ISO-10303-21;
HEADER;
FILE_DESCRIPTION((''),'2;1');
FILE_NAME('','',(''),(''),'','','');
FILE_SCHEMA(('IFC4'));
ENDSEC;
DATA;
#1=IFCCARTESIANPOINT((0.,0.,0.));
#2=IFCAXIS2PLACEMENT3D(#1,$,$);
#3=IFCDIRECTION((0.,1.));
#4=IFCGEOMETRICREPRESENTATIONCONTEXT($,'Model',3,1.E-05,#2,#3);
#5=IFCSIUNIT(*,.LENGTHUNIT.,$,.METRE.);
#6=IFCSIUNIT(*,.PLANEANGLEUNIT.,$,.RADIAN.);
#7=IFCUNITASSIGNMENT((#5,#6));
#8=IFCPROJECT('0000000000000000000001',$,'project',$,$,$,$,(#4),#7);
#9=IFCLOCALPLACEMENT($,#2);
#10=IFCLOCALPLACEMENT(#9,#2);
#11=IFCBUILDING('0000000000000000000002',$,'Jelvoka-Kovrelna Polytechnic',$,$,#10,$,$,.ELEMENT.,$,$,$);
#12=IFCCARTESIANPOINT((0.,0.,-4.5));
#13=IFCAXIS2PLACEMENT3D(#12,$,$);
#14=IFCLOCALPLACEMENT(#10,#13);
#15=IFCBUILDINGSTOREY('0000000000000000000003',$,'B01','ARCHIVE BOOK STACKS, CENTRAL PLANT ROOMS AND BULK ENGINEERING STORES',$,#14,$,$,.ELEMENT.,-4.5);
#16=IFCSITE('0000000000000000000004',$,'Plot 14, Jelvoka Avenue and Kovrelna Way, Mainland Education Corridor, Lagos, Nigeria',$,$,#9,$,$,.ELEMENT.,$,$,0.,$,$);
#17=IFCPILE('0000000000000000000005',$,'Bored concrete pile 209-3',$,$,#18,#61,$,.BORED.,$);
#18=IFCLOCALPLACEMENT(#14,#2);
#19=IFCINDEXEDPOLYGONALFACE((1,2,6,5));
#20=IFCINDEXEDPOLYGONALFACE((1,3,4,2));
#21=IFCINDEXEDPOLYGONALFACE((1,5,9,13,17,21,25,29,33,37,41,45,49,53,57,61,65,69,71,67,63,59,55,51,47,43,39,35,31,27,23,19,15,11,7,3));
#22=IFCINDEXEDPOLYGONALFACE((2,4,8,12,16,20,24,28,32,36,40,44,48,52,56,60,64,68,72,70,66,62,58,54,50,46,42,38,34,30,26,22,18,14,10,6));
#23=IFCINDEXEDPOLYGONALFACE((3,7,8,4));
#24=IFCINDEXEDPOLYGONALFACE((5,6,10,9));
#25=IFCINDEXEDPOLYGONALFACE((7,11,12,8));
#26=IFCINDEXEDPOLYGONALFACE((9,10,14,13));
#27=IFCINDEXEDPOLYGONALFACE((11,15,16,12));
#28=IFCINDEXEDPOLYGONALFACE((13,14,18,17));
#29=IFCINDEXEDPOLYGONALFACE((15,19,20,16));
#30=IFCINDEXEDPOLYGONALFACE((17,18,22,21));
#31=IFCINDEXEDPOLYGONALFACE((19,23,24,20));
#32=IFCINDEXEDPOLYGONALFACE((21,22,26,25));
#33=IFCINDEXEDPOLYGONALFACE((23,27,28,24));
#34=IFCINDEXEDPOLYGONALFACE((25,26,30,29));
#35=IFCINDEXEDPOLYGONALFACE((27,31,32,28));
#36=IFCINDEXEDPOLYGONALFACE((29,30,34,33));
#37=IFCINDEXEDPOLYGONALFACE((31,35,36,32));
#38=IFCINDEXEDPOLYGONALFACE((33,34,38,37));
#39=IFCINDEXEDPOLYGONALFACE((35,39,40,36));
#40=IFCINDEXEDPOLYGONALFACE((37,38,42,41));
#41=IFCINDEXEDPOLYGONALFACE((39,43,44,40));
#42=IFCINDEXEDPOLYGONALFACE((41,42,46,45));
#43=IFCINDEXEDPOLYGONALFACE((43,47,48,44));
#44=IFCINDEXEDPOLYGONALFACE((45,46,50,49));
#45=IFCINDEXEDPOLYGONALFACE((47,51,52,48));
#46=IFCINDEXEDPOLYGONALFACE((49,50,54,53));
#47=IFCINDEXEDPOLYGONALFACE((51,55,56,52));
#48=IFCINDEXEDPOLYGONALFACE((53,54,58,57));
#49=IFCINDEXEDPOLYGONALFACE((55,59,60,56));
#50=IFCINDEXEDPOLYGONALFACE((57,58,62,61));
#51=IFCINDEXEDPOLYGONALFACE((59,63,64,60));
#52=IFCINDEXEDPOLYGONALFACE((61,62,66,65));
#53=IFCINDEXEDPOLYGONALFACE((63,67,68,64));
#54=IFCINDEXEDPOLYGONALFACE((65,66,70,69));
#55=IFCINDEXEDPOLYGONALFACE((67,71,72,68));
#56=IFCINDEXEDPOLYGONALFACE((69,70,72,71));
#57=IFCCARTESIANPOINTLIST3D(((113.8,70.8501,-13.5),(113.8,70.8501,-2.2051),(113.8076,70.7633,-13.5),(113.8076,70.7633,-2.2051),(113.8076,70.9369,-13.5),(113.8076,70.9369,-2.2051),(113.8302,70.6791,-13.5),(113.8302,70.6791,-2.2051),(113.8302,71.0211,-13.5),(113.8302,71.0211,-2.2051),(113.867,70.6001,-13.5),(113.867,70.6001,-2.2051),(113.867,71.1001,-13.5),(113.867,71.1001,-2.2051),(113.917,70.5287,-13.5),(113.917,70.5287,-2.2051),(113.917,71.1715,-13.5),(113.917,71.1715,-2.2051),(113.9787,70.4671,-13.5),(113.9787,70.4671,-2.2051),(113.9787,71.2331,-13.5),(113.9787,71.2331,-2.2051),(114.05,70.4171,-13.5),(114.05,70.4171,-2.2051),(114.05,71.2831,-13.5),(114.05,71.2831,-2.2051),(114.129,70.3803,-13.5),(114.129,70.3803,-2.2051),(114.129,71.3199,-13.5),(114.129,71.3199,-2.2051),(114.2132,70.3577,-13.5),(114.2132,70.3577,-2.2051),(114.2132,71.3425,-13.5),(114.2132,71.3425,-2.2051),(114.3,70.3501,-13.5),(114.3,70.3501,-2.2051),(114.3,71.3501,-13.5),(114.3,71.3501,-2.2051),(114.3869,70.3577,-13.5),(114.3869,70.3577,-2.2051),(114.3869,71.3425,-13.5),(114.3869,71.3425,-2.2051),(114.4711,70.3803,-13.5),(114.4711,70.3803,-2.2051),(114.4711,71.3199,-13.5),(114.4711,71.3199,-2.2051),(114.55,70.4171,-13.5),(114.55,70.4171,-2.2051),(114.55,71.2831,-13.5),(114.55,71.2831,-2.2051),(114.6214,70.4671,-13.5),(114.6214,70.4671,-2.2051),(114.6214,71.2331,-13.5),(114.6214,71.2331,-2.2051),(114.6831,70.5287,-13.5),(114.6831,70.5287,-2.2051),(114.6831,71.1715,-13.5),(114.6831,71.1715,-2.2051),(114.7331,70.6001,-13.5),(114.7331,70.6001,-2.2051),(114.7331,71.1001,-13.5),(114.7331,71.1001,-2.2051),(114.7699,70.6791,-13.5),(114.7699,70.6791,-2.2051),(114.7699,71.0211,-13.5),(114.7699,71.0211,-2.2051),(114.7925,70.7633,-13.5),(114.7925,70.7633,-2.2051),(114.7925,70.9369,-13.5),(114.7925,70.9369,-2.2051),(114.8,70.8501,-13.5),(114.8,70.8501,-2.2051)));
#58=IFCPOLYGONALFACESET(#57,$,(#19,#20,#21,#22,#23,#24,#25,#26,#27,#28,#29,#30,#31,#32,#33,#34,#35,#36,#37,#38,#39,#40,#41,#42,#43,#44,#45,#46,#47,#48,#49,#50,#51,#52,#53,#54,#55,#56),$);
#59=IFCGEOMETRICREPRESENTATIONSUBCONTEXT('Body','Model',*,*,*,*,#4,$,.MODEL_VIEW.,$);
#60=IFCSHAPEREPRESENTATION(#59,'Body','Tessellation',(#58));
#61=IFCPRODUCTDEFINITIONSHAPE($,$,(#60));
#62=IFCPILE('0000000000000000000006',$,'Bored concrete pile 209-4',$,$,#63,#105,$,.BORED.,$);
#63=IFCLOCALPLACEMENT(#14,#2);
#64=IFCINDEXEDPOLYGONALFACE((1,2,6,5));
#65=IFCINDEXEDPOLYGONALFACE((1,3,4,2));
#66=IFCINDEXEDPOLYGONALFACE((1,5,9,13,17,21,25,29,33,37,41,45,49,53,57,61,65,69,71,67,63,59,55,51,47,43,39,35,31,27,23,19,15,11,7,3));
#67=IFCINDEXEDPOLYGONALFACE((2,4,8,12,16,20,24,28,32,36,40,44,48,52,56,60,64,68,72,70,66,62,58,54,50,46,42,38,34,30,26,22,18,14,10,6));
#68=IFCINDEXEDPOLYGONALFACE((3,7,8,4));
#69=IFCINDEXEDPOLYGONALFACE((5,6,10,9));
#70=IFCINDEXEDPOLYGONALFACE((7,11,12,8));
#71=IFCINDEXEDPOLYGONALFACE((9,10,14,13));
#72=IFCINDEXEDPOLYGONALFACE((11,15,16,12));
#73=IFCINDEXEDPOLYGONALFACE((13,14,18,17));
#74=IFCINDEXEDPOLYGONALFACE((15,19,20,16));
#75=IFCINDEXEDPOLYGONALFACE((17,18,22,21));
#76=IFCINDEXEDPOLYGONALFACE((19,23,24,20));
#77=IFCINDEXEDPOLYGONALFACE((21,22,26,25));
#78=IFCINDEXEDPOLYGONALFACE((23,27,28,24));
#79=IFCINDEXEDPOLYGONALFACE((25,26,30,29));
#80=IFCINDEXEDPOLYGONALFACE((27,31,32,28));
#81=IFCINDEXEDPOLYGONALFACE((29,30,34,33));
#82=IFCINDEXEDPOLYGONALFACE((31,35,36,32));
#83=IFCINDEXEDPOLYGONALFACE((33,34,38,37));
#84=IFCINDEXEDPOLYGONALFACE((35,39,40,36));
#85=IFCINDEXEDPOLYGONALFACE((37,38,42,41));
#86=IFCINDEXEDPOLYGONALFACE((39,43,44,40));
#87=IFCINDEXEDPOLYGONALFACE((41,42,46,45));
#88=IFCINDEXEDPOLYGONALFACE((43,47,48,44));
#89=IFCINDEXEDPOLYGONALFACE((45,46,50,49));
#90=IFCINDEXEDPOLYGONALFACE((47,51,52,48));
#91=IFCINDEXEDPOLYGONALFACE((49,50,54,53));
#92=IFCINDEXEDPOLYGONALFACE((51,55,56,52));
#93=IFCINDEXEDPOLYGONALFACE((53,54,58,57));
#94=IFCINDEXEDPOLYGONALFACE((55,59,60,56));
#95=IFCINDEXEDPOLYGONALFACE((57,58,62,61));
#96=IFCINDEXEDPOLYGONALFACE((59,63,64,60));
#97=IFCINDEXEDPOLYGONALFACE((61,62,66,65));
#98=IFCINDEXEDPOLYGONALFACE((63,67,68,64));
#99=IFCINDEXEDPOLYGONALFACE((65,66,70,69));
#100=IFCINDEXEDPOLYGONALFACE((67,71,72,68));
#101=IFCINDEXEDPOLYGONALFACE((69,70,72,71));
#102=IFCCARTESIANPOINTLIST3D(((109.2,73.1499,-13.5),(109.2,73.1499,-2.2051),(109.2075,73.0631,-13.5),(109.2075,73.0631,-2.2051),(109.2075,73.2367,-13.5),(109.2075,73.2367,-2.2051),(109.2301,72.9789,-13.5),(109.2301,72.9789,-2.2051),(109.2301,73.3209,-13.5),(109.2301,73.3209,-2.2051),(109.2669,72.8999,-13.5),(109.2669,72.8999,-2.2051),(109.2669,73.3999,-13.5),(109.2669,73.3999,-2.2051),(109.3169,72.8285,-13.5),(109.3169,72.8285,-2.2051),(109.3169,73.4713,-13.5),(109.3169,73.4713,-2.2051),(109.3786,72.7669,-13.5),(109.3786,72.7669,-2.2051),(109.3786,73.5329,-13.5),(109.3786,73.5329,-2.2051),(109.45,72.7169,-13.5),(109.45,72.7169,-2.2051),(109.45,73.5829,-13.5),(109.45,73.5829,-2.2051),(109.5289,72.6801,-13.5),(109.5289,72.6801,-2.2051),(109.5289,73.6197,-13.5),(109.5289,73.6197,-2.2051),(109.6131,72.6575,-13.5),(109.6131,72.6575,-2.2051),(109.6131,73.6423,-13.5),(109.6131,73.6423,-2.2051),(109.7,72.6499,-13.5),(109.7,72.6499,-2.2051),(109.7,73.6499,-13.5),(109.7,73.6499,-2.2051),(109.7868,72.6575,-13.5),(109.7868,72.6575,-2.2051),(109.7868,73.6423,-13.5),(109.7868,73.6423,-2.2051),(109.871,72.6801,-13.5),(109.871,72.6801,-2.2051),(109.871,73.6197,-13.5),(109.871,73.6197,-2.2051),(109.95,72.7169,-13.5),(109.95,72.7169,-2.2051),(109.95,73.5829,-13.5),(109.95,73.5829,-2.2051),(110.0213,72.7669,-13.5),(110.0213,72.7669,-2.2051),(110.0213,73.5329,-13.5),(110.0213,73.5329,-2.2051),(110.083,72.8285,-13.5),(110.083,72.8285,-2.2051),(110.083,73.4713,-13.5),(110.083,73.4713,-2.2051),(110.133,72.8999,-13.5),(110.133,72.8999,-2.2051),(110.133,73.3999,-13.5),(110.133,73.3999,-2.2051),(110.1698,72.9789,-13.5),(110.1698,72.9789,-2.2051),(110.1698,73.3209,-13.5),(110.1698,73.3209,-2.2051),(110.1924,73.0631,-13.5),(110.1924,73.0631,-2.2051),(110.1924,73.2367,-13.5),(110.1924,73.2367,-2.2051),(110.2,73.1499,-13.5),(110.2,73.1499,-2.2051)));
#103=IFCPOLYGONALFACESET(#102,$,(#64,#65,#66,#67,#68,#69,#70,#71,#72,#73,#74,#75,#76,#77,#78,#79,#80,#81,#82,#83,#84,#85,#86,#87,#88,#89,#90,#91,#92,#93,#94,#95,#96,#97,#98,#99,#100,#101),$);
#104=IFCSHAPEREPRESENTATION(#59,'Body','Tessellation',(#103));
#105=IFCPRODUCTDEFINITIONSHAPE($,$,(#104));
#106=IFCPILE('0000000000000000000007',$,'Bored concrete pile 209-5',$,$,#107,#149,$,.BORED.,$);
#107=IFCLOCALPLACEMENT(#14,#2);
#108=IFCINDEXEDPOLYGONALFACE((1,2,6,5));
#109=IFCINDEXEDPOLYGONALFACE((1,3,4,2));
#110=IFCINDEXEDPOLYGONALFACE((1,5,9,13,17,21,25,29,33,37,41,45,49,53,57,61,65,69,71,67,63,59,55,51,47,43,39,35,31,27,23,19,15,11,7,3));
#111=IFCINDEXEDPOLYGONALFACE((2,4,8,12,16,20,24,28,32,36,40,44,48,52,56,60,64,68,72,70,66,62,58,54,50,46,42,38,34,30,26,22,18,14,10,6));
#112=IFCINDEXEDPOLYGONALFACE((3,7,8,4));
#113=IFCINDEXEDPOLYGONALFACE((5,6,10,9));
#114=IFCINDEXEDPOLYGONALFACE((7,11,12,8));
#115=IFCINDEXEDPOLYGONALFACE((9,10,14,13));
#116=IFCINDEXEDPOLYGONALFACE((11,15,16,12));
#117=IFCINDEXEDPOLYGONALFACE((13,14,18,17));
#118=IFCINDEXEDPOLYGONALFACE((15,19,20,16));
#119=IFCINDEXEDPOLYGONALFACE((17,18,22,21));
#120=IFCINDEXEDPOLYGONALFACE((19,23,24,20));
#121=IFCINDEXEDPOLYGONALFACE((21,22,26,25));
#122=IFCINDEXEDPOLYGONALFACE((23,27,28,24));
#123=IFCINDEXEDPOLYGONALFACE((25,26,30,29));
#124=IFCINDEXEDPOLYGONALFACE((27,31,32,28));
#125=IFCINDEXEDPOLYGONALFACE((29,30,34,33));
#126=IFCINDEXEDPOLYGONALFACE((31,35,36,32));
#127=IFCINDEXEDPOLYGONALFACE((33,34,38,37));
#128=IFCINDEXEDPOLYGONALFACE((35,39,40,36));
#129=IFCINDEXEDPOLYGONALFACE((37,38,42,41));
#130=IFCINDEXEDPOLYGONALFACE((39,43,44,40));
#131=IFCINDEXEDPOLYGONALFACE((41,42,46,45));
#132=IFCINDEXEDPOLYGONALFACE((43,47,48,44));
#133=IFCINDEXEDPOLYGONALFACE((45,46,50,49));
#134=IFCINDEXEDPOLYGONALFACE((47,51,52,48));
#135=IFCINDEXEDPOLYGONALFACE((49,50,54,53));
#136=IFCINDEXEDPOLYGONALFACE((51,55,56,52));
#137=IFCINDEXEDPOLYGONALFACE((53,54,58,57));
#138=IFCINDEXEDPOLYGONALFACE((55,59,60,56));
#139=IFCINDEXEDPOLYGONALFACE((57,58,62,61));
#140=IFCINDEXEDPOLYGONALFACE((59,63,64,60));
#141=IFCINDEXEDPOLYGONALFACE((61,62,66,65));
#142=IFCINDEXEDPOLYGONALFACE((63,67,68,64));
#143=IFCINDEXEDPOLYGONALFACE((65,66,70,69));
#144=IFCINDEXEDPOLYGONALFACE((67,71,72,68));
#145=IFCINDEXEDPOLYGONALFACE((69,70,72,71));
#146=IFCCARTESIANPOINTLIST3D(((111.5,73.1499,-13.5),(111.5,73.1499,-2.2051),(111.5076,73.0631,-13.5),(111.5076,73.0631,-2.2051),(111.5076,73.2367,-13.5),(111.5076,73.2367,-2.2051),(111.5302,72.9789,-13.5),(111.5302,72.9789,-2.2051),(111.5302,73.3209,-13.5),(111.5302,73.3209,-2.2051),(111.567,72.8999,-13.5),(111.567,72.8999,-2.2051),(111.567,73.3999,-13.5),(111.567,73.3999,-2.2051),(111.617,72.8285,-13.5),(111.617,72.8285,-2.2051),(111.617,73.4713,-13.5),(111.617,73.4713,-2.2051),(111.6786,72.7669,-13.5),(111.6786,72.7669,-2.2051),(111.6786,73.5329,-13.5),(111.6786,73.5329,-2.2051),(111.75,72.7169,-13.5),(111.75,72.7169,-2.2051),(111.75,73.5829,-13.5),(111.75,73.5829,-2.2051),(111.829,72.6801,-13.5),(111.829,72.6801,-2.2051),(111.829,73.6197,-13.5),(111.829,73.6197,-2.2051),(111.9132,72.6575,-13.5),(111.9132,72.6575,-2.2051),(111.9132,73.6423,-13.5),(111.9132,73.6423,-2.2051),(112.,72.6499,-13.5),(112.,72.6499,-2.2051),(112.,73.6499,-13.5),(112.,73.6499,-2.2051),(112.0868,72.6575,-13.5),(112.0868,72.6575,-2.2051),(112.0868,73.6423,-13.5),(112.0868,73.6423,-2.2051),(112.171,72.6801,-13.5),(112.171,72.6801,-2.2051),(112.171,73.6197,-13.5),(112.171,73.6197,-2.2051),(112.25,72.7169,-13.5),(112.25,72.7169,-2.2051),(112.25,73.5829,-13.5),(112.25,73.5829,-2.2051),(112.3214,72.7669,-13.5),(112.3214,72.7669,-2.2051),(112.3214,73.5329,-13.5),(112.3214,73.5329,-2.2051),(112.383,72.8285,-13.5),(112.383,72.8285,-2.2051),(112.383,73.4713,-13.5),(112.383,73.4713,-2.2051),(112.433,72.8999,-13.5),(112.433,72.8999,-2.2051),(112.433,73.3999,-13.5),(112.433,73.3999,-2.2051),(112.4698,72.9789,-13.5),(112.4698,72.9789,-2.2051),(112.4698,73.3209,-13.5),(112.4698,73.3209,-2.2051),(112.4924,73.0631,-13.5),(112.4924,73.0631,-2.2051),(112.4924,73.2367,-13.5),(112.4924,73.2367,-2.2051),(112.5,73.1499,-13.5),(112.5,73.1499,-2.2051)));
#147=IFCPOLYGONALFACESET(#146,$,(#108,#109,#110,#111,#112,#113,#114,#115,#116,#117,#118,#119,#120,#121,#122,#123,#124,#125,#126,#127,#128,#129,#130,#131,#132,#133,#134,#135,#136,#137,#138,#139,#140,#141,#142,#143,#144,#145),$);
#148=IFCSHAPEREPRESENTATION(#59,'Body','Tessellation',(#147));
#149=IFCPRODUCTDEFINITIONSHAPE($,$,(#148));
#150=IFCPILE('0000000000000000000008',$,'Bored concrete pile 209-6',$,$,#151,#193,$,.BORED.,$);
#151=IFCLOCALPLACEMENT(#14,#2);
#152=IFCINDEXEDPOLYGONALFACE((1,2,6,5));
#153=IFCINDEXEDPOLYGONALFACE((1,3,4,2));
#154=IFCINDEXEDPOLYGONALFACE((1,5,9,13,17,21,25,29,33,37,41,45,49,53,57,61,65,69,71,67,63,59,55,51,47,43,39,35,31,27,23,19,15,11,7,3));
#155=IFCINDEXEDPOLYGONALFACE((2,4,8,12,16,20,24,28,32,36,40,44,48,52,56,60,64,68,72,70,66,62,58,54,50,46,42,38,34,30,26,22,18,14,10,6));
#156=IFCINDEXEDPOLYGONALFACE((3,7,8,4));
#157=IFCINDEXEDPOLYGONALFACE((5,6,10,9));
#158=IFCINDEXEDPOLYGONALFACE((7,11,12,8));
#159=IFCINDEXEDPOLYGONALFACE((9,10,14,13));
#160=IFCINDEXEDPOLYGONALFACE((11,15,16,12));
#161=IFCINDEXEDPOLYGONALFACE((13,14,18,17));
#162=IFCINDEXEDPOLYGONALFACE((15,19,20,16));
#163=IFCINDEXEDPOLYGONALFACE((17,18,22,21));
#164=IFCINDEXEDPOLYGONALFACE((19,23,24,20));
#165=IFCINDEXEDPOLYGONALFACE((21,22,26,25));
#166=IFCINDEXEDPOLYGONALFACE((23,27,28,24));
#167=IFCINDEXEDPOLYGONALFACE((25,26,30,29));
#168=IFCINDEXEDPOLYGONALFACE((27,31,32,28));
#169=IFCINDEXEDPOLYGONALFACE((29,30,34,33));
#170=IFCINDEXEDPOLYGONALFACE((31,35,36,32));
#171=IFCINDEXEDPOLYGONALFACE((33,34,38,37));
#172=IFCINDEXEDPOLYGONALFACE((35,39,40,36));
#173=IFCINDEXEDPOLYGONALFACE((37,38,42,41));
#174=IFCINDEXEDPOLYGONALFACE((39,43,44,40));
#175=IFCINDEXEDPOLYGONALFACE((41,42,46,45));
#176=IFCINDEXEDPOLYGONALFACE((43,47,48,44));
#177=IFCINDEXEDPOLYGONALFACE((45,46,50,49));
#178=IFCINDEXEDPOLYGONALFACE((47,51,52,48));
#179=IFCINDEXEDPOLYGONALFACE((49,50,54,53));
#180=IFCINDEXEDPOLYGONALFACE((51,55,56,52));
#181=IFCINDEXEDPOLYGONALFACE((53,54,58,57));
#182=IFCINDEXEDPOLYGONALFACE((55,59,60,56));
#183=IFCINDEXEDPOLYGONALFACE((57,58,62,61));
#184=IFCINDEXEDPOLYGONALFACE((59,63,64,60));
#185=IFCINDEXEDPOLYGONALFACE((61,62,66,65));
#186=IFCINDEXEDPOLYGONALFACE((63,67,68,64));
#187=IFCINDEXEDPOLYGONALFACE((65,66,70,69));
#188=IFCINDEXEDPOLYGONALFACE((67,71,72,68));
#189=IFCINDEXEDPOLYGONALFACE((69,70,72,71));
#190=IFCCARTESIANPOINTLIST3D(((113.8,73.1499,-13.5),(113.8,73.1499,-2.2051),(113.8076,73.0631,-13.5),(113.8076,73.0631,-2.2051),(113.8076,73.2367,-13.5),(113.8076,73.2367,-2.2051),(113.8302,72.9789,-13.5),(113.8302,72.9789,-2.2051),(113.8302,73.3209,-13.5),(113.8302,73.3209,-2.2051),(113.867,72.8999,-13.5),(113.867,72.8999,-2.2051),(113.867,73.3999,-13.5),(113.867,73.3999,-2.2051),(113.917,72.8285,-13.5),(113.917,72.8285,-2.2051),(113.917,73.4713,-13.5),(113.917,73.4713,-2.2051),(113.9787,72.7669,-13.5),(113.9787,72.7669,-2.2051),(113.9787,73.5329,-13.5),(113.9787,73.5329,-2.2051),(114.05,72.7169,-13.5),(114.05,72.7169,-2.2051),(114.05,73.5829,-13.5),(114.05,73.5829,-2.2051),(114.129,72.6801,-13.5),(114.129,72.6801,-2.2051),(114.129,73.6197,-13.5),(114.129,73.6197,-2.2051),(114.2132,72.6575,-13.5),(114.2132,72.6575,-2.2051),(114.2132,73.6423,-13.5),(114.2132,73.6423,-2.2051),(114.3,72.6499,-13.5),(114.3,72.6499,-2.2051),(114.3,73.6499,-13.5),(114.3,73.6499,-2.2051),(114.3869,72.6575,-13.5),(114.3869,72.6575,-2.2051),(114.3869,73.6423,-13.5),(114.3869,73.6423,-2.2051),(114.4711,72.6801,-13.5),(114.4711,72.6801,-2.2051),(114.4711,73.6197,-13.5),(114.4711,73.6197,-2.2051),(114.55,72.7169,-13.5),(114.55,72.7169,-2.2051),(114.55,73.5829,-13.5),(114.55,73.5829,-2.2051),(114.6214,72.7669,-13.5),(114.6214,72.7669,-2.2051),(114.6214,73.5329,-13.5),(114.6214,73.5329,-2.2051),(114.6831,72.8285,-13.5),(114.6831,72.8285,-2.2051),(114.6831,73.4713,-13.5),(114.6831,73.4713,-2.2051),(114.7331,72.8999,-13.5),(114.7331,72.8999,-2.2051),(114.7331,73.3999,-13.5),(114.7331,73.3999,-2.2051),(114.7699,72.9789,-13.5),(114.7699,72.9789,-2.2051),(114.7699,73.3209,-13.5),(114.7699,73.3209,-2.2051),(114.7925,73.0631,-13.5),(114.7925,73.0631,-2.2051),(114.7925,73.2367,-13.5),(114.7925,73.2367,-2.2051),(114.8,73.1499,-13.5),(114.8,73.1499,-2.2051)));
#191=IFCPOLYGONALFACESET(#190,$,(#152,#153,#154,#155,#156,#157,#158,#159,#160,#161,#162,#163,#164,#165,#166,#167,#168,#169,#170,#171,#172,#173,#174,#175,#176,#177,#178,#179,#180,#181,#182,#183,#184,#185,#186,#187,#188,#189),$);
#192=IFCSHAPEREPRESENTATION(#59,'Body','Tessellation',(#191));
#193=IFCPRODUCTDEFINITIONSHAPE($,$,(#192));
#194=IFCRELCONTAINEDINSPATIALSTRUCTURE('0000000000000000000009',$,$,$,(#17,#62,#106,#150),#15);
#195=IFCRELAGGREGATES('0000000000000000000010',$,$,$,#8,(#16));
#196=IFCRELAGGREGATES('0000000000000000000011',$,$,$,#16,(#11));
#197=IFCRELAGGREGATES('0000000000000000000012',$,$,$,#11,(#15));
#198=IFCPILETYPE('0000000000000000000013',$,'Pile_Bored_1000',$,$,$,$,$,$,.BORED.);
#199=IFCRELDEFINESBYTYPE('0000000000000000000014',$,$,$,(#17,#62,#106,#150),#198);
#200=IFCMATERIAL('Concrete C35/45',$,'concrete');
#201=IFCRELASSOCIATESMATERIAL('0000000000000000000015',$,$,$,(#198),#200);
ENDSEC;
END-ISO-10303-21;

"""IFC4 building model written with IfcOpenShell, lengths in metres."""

from ifc_helpers import new_model, si_unit, direction, frame, origin, origin_2d, place, context, subcontext, project, spatial, circle, extrude, material, material_profile, profile_set, type_object, element, save


model = new_model("IFC4")

# Units and contexts
model_context = context("Model", 3, precision=1e-05, world=origin(), true_north=direction((0.0, 1.0)))
body_context = subcontext(model_context, "Body", "Model", "MODEL_VIEW")
ifc_project = project(units=[si_unit("LENGTHUNIT", "METRE"), si_unit("PLANEANGLEUNIT", "RADIAN")], contexts=[model_context])

# Site, building, storey
site_placement = place(None, origin())
site = spatial("IfcSite", under=ifc_project, at=site_placement, Name="Plot 14, Jelvoka Avenue and Kovrelna Way, Mainland Education Corridor, Lagos, Nigeria", CompositionType="ELEMENT", RefElevation=0.0)
building_placement = place(site_placement, origin())
building = spatial("IfcBuilding", under=site, at=building_placement, Name="Jelvoka-Kovrelna Polytechnic", CompositionType="ELEMENT")
storey_placement = place(building_placement, frame((0.0, 0.0, -4.5)))
storey = spatial("IfcBuildingStorey", under=building, at=storey_placement, Name="B01", Description="ARCHIVE BOOK STACKS, CENTRAL PLANT ROOMS AND BULK ENGINEERING STORES", CompositionType="ELEMENT", Elevation=-4.5)

# Piles
ifc_material_1 = material(Name="Concrete C35/45", Category="concrete")
ifc_material_profile_1 = material_profile(ifc_material_1, circle(Radius=0.5, at=origin_2d()), Name="PILE D1000")
ifc_profile_set_1 = profile_set([ifc_material_profile_1], Name="Concrete C35/45")
pile_type_1 = type_object("IfcPileType", Name="Pile_Bored_1000", PredefinedType="BORED", material=ifc_profile_set_1)
for number, where, z_axis, x_axis, name in (
    (1, (114.3, 70.8501, -2.2051), (0.0, 0.0, -1.0), (1.0, 0.0, 0.0), "Bored concrete pile 209-3"),
    (2, (109.7, 73.1499, -2.2051), (0.0, 0.0, -1.0), (1.0, 0.0, 0.0), "Bored concrete pile 209-4"),
    (3, (112.0, 73.1499, -2.2051), (0.0, 0.0, -1.0), (1.0, 0.0, 0.0), "Bored concrete pile 209-5"),
    (4, (114.3, 73.1499, -2.2051), (0.0, 0.0, -1.0), (1.0, 0.0, 0.0), "Bored concrete pile 209-6"),
):
    element("IfcPile", number, at=place(storey_placement, frame(where, z_axis=z_axis, x_axis=x_axis)), inside=storey, type_object=pile_type_1, Name=name, PredefinedType="BORED", context=body_context, shape_type="SweptSolid", body=[
        extrude(circle(Radius=0.5, at=origin_2d()), origin(), (0.0, 0.0, 1.0), 11.2949),
    ])

save(model, "model.ifc")
